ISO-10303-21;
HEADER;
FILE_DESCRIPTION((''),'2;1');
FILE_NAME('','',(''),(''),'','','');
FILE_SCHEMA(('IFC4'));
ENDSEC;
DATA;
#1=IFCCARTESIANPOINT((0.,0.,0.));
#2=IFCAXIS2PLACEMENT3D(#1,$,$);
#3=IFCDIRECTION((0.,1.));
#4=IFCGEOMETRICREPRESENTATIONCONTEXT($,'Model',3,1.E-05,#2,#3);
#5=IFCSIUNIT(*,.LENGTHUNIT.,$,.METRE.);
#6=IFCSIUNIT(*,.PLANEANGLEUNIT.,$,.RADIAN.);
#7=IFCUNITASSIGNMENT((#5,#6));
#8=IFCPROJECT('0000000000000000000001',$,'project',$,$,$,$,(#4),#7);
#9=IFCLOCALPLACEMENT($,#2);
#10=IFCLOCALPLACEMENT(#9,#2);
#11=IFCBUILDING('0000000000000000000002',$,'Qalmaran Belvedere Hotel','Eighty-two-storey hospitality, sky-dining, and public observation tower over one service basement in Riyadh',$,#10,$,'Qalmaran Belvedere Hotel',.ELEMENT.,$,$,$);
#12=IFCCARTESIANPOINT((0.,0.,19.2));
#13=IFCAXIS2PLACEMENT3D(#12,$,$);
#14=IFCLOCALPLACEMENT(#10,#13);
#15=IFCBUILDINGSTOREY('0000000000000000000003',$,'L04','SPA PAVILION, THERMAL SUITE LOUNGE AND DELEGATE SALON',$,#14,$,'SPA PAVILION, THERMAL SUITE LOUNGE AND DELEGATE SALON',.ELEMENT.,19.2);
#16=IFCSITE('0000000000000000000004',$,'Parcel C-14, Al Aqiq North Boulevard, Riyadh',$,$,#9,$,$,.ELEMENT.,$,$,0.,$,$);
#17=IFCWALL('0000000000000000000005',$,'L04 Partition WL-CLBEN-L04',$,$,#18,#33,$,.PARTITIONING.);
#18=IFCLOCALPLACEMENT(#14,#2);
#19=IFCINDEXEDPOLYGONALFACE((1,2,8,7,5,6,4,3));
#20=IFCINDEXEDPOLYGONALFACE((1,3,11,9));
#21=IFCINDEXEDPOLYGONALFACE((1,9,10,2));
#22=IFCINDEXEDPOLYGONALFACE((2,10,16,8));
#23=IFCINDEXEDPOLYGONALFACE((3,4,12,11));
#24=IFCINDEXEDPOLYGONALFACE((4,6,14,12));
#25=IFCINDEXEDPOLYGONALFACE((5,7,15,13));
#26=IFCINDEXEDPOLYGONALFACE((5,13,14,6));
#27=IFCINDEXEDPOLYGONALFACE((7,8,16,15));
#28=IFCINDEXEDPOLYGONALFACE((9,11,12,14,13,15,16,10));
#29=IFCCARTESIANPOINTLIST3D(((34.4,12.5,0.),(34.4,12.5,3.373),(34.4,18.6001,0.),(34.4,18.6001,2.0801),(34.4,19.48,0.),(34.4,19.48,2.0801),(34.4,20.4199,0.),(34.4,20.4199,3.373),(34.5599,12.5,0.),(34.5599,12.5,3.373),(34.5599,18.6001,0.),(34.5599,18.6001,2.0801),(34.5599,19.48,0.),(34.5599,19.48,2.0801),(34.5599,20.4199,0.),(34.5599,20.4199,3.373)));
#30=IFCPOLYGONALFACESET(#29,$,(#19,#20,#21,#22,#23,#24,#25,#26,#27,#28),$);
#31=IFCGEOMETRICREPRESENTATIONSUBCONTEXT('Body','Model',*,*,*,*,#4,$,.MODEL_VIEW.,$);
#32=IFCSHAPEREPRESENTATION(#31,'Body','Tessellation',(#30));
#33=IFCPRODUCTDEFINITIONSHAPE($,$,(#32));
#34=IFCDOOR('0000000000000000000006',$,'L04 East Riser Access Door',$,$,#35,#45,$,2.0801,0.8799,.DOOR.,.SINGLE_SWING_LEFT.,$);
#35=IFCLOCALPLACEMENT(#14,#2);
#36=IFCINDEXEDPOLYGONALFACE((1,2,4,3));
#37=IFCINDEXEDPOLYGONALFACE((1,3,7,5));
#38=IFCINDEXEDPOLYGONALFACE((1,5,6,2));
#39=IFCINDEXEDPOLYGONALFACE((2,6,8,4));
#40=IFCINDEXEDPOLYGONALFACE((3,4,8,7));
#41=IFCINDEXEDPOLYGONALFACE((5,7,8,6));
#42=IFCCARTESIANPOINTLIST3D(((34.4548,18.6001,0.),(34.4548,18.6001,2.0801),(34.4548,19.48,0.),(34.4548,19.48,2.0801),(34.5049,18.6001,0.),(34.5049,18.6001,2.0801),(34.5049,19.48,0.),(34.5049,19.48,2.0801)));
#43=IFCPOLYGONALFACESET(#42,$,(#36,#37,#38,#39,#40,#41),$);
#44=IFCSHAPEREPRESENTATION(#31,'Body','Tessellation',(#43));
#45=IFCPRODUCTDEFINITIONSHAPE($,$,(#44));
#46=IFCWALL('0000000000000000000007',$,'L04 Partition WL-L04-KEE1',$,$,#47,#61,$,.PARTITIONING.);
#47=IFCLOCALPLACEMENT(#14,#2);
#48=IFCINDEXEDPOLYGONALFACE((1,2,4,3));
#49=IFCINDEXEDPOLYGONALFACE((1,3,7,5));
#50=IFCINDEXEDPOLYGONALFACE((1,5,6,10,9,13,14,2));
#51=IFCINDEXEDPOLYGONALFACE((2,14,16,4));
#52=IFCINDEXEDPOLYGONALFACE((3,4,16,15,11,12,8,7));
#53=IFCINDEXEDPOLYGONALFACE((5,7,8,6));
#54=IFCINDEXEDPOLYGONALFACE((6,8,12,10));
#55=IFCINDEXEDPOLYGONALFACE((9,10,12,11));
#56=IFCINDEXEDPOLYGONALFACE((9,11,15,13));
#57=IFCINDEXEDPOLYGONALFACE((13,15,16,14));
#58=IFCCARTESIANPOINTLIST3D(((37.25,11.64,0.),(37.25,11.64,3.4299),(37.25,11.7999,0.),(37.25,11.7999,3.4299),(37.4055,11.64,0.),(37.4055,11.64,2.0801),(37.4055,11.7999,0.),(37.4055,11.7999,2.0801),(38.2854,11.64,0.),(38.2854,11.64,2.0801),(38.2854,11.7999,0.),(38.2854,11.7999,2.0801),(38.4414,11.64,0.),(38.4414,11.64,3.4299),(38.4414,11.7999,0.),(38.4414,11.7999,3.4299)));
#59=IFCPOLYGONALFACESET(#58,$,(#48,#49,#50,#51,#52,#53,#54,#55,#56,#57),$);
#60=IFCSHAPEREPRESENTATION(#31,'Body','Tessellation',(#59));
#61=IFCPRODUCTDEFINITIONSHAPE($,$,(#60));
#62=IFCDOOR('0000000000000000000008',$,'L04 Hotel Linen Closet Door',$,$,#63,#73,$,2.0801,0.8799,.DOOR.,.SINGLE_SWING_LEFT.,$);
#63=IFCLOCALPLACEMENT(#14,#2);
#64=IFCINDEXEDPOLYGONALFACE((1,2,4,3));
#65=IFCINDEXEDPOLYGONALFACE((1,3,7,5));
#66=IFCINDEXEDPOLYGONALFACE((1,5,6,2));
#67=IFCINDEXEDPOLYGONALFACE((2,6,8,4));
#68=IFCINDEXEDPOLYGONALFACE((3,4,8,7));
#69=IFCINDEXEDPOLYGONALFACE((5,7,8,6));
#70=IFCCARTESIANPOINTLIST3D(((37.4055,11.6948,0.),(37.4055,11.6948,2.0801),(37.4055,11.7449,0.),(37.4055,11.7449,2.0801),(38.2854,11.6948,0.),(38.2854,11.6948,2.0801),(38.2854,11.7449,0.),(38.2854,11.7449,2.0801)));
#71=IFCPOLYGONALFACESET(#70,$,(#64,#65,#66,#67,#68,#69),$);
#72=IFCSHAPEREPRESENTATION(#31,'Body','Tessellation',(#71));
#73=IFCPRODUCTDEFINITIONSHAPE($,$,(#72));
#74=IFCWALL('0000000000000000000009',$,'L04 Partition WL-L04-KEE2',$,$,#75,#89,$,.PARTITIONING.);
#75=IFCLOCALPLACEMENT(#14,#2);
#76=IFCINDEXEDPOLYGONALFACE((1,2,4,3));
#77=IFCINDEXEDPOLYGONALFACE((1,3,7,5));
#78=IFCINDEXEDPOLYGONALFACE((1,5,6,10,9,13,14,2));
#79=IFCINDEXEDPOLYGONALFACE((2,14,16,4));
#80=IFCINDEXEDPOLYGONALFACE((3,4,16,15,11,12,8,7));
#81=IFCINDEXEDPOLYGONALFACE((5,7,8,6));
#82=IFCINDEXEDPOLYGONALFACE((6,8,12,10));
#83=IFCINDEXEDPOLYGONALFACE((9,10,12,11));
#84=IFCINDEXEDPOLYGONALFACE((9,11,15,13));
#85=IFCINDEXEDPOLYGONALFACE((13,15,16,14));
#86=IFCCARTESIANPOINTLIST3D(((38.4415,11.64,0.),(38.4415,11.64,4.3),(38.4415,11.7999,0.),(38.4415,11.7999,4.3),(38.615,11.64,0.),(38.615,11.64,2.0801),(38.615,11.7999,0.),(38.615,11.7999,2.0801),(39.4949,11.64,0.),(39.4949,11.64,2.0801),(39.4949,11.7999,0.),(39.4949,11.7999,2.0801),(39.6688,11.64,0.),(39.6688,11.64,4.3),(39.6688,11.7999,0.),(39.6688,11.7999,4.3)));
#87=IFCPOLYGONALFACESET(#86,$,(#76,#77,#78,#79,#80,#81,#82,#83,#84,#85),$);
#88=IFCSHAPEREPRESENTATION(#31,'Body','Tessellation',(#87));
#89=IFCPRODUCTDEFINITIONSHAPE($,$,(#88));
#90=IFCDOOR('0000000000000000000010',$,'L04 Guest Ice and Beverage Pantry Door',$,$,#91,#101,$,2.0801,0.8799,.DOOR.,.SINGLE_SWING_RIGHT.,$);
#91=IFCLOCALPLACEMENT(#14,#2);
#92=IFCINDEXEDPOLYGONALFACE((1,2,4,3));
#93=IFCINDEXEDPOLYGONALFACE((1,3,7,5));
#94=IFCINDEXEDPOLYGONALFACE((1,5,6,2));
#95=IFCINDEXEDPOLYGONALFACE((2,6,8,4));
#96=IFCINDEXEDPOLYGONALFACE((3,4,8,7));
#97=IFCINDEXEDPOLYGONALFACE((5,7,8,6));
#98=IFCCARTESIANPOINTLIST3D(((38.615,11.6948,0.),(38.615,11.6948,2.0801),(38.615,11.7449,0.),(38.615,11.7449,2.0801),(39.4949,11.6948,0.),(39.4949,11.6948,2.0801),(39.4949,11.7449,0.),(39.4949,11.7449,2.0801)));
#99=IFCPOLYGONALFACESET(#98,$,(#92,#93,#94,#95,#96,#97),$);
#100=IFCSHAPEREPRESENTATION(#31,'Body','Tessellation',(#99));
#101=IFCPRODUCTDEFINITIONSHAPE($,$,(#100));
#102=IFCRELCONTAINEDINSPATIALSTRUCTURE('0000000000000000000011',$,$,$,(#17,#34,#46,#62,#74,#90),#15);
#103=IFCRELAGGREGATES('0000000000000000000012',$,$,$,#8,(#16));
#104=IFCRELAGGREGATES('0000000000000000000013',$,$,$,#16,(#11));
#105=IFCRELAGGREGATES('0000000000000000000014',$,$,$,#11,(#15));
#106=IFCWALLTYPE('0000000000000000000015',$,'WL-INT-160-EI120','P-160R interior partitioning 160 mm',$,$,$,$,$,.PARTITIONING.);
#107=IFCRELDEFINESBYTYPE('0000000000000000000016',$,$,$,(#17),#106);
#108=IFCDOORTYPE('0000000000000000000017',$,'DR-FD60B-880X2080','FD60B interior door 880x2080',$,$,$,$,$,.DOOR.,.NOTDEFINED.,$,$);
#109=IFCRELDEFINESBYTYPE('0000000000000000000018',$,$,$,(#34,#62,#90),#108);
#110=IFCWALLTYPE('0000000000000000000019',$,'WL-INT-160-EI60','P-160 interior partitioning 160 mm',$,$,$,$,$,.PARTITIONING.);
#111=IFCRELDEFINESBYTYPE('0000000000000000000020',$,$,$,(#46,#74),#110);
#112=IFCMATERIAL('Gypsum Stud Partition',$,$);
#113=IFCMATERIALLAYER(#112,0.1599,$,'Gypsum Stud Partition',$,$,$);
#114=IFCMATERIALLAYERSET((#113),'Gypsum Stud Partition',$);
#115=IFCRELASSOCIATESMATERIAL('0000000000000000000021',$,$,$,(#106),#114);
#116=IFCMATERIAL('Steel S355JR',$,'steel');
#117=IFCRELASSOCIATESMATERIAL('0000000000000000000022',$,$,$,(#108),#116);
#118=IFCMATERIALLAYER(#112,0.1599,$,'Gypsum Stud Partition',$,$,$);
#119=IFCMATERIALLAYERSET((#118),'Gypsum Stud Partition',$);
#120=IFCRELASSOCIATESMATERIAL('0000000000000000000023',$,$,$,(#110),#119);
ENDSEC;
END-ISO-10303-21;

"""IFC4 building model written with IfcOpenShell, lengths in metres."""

from ifc_helpers import new_model, si_unit, direction, frame, frame_2d, origin, place, context, subcontext, project, spatial, rectangle, extrude, material, layer, layer_set, type_object, element, fill, save


model = new_model("IFC4")

# Units and contexts
model_context = context("Model", 3, precision=1e-05, world=origin(), true_north=direction((0.0, 1.0)))
body_context = subcontext(model_context, "Body", "Model", "MODEL_VIEW")
ifc_project = project(units=[si_unit("LENGTHUNIT", "METRE"), si_unit("PLANEANGLEUNIT", "RADIAN")], contexts=[model_context])

# Site, building, storey
site_placement = place(None, origin())
site = spatial("IfcSite", under=ifc_project, at=site_placement, Name="Parcel C-14, Al Aqiq North Boulevard, Riyadh", CompositionType="ELEMENT", RefElevation=0.0)
building_placement = place(site_placement, origin())
building = spatial("IfcBuilding", under=site, at=building_placement, Name="Qalmaran Belvedere Hotel", Description="Eighty-two-storey hospitality, sky-dining, and public observation tower over one service basement in Riyadh", LongName="Qalmaran Belvedere Hotel", CompositionType="ELEMENT")
storey_placement = place(building_placement, frame((0.0, 0.0, 19.2)))
storey = spatial("IfcBuildingStorey", under=building, at=storey_placement, Name="L04", Description="SPA PAVILION, THERMAL SUITE LOUNGE AND DELEGATE SALON", LongName="SPA PAVILION, THERMAL SUITE LOUNGE AND DELEGATE SALON", CompositionType="ELEMENT", Elevation=19.2)

# Shared definitions
ifc_material_1 = material(Name="Gypsum Stud Partition")
ifc_layer_1 = layer(ifc_material_1, 0.1599, Name="Gypsum Stud Partition")
ifc_layer_set_1 = layer_set([ifc_layer_1], Name="Gypsum Stud Partition")
wall_type_1 = type_object("IfcWallType", Name="WL-INT-160-EI120", Description="P-160R interior partitioning 160 mm", PredefinedType="PARTITIONING", material=ifc_layer_set_1)

# Walls, openings, doors
ifc_material_2 = material(Name="Steel S355JR", Category="steel")
door_type_1 = type_object("IfcDoorType", Name="DR-FD60B-880X2080", Description="FD60B interior door 880x2080", OperationType="NOTDEFINED", PredefinedType="DOOR", material=ifc_material_2)
wall_1_placement = place(storey_placement, frame((34.48, 12.5, 0.0), z_axis=(0.0, 0.0, 1.0), x_axis=(0.0, 1.0, 0.0)))
wall_1 = element("IfcWall", 1, at=wall_1_placement, inside=storey, type_object=wall_type_1, Name="L04 Partition WL-CLBEN-L04", PredefinedType="PARTITIONING", context=body_context, shape_type="SweptSolid", body=[
    extrude(rectangle(XDim=7.9199, YDim=0.1599, at=frame_2d((3.96, 0.0))), origin(), (0.0, 0.0, 1.0), 3.373),
])
opening_1_placement = place(wall_1_placement, frame((6.98, 0.0, 0.0), z_axis=(0.0, 0.0, 1.0), x_axis=(-1.0, 0.0, 0.0)))
opening_1 = element("IfcOpeningElement", 2, at=opening_1_placement, cuts=wall_1, PredefinedType="OPENING", context=body_context, shape_type="SweptSolid", body=[
    extrude(rectangle(XDim=0.8799, YDim=2.0801, at=frame_2d((0.4399, 1.04))), frame((0.0, 0.0898, 0.0), z_axis=(0.0, -1.0, 0.0), x_axis=(1.0, 0.0, 0.0)), (0.0, 0.0, 1.0), 0.1799),
])
door_1_placement = place(opening_1_placement, origin())
door_1 = element("IfcDoor", 3, at=door_1_placement, inside=storey, type_object=door_type_1, Name="L04 East Riser Access Door", OperationType="SINGLE_SWING_LEFT", OverallHeight=2.0801, OverallWidth=0.8799, PredefinedType="DOOR", context=body_context, shape_type="SweptSolid", body=[
    extrude(rectangle(XDim=0.8799, YDim=2.0801, at=frame_2d((0.4399, 1.04))), frame((0.0, 0.0249, 0.0), z_axis=(0.0, -1.0, 0.0), x_axis=(1.0, 0.0, 0.0)), (0.0, 0.0, 1.0), 0.05),
])
fill(opening_1, door_1)
ifc_layer_2 = layer(ifc_material_1, 0.1599, Name="Gypsum Stud Partition")
ifc_layer_set_2 = layer_set([ifc_layer_2], Name="Gypsum Stud Partition")
wall_type_2 = type_object("IfcWallType", Name="WL-INT-160-EI60", Description="P-160 interior partitioning 160 mm", PredefinedType="PARTITIONING", material=ifc_layer_set_2)
wall_2_placement = place(storey_placement, frame((37.25, 11.72, 0.0), z_axis=(0.0, 0.0, 1.0), x_axis=(1.0, 0.0, 0.0)))
wall_2 = element("IfcWall", 4, at=wall_2_placement, inside=storey, type_object=wall_type_2, Name="L04 Partition WL-L04-KEE1", PredefinedType="PARTITIONING", context=body_context, shape_type="SweptSolid", body=[
    extrude(rectangle(XDim=1.1914, YDim=0.1599, at=frame_2d((0.5957, 0.0))), origin(), (0.0, 0.0, 1.0), 3.4299),
])
opening_2_placement = place(wall_2_placement, frame((0.1555, 0.0, 0.0)))
opening_2 = element("IfcOpeningElement", 5, at=opening_2_placement, cuts=wall_2, PredefinedType="OPENING", context=body_context, shape_type="SweptSolid", body=[
    extrude(rectangle(XDim=0.8799, YDim=2.0801, at=frame_2d((0.4399, 1.04))), frame((0.0, 0.0898, 0.0), z_axis=(0.0, -1.0, 0.0), x_axis=(1.0, 0.0, 0.0)), (0.0, 0.0, 1.0), 0.1799),
])
door_2_placement = place(opening_2_placement, origin())
door_2 = element("IfcDoor", 6, at=door_2_placement, inside=storey, type_object=door_type_1, Name="L04 Hotel Linen Closet Door", OperationType="SINGLE_SWING_LEFT", OverallHeight=2.0801, OverallWidth=0.8799, PredefinedType="DOOR", context=body_context, shape_type="SweptSolid", body=[
    extrude(rectangle(XDim=0.8799, YDim=2.0801, at=frame_2d((0.4399, 1.04))), frame((0.0, 0.0249, 0.0), z_axis=(0.0, -1.0, 0.0), x_axis=(1.0, 0.0, 0.0)), (0.0, 0.0, 1.0), 0.05),
])
fill(opening_2, door_2)
wall_3_placement = place(storey_placement, frame((38.4414, 11.72, 0.0), z_axis=(0.0, 0.0, 1.0), x_axis=(1.0, 0.0, 0.0)))
wall_3 = element("IfcWall", 7, at=wall_3_placement, inside=storey, type_object=wall_type_2, Name="L04 Partition WL-L04-KEE2", PredefinedType="PARTITIONING", context=body_context, shape_type="SweptSolid", body=[
    extrude(rectangle(XDim=1.2273, YDim=0.1599, at=frame_2d((0.6138, 0.0))), origin(), (0.0, 0.0, 1.0), 4.3),
])
opening_3_placement = place(wall_3_placement, frame((0.1736, 0.0, 0.0)))
opening_3 = element("IfcOpeningElement", 8, at=opening_3_placement, cuts=wall_3, PredefinedType="OPENING", context=body_context, shape_type="SweptSolid", body=[
    extrude(rectangle(XDim=0.8799, YDim=2.0801, at=frame_2d((0.4399, 1.04))), frame((0.0, 0.0898, 0.0), z_axis=(0.0, -1.0, 0.0), x_axis=(1.0, 0.0, 0.0)), (0.0, 0.0, 1.0), 0.1799),
])
door_3_placement = place(opening_3_placement, origin())
door_3 = element("IfcDoor", 9, at=door_3_placement, inside=storey, type_object=door_type_1, Name="L04 Guest Ice and Beverage Pantry Door", OperationType="SINGLE_SWING_RIGHT", OverallHeight=2.0801, OverallWidth=0.8799, PredefinedType="DOOR", context=body_context, shape_type="SweptSolid", body=[
    extrude(rectangle(XDim=0.8799, YDim=2.0801, at=frame_2d((0.4399, 1.04))), frame((0.0, 0.0249, 0.0), z_axis=(0.0, -1.0, 0.0), x_axis=(1.0, 0.0, 0.0)), (0.0, 0.0, 1.0), 0.05),
])
fill(opening_3, door_3)

save(model, "model.ifc")
